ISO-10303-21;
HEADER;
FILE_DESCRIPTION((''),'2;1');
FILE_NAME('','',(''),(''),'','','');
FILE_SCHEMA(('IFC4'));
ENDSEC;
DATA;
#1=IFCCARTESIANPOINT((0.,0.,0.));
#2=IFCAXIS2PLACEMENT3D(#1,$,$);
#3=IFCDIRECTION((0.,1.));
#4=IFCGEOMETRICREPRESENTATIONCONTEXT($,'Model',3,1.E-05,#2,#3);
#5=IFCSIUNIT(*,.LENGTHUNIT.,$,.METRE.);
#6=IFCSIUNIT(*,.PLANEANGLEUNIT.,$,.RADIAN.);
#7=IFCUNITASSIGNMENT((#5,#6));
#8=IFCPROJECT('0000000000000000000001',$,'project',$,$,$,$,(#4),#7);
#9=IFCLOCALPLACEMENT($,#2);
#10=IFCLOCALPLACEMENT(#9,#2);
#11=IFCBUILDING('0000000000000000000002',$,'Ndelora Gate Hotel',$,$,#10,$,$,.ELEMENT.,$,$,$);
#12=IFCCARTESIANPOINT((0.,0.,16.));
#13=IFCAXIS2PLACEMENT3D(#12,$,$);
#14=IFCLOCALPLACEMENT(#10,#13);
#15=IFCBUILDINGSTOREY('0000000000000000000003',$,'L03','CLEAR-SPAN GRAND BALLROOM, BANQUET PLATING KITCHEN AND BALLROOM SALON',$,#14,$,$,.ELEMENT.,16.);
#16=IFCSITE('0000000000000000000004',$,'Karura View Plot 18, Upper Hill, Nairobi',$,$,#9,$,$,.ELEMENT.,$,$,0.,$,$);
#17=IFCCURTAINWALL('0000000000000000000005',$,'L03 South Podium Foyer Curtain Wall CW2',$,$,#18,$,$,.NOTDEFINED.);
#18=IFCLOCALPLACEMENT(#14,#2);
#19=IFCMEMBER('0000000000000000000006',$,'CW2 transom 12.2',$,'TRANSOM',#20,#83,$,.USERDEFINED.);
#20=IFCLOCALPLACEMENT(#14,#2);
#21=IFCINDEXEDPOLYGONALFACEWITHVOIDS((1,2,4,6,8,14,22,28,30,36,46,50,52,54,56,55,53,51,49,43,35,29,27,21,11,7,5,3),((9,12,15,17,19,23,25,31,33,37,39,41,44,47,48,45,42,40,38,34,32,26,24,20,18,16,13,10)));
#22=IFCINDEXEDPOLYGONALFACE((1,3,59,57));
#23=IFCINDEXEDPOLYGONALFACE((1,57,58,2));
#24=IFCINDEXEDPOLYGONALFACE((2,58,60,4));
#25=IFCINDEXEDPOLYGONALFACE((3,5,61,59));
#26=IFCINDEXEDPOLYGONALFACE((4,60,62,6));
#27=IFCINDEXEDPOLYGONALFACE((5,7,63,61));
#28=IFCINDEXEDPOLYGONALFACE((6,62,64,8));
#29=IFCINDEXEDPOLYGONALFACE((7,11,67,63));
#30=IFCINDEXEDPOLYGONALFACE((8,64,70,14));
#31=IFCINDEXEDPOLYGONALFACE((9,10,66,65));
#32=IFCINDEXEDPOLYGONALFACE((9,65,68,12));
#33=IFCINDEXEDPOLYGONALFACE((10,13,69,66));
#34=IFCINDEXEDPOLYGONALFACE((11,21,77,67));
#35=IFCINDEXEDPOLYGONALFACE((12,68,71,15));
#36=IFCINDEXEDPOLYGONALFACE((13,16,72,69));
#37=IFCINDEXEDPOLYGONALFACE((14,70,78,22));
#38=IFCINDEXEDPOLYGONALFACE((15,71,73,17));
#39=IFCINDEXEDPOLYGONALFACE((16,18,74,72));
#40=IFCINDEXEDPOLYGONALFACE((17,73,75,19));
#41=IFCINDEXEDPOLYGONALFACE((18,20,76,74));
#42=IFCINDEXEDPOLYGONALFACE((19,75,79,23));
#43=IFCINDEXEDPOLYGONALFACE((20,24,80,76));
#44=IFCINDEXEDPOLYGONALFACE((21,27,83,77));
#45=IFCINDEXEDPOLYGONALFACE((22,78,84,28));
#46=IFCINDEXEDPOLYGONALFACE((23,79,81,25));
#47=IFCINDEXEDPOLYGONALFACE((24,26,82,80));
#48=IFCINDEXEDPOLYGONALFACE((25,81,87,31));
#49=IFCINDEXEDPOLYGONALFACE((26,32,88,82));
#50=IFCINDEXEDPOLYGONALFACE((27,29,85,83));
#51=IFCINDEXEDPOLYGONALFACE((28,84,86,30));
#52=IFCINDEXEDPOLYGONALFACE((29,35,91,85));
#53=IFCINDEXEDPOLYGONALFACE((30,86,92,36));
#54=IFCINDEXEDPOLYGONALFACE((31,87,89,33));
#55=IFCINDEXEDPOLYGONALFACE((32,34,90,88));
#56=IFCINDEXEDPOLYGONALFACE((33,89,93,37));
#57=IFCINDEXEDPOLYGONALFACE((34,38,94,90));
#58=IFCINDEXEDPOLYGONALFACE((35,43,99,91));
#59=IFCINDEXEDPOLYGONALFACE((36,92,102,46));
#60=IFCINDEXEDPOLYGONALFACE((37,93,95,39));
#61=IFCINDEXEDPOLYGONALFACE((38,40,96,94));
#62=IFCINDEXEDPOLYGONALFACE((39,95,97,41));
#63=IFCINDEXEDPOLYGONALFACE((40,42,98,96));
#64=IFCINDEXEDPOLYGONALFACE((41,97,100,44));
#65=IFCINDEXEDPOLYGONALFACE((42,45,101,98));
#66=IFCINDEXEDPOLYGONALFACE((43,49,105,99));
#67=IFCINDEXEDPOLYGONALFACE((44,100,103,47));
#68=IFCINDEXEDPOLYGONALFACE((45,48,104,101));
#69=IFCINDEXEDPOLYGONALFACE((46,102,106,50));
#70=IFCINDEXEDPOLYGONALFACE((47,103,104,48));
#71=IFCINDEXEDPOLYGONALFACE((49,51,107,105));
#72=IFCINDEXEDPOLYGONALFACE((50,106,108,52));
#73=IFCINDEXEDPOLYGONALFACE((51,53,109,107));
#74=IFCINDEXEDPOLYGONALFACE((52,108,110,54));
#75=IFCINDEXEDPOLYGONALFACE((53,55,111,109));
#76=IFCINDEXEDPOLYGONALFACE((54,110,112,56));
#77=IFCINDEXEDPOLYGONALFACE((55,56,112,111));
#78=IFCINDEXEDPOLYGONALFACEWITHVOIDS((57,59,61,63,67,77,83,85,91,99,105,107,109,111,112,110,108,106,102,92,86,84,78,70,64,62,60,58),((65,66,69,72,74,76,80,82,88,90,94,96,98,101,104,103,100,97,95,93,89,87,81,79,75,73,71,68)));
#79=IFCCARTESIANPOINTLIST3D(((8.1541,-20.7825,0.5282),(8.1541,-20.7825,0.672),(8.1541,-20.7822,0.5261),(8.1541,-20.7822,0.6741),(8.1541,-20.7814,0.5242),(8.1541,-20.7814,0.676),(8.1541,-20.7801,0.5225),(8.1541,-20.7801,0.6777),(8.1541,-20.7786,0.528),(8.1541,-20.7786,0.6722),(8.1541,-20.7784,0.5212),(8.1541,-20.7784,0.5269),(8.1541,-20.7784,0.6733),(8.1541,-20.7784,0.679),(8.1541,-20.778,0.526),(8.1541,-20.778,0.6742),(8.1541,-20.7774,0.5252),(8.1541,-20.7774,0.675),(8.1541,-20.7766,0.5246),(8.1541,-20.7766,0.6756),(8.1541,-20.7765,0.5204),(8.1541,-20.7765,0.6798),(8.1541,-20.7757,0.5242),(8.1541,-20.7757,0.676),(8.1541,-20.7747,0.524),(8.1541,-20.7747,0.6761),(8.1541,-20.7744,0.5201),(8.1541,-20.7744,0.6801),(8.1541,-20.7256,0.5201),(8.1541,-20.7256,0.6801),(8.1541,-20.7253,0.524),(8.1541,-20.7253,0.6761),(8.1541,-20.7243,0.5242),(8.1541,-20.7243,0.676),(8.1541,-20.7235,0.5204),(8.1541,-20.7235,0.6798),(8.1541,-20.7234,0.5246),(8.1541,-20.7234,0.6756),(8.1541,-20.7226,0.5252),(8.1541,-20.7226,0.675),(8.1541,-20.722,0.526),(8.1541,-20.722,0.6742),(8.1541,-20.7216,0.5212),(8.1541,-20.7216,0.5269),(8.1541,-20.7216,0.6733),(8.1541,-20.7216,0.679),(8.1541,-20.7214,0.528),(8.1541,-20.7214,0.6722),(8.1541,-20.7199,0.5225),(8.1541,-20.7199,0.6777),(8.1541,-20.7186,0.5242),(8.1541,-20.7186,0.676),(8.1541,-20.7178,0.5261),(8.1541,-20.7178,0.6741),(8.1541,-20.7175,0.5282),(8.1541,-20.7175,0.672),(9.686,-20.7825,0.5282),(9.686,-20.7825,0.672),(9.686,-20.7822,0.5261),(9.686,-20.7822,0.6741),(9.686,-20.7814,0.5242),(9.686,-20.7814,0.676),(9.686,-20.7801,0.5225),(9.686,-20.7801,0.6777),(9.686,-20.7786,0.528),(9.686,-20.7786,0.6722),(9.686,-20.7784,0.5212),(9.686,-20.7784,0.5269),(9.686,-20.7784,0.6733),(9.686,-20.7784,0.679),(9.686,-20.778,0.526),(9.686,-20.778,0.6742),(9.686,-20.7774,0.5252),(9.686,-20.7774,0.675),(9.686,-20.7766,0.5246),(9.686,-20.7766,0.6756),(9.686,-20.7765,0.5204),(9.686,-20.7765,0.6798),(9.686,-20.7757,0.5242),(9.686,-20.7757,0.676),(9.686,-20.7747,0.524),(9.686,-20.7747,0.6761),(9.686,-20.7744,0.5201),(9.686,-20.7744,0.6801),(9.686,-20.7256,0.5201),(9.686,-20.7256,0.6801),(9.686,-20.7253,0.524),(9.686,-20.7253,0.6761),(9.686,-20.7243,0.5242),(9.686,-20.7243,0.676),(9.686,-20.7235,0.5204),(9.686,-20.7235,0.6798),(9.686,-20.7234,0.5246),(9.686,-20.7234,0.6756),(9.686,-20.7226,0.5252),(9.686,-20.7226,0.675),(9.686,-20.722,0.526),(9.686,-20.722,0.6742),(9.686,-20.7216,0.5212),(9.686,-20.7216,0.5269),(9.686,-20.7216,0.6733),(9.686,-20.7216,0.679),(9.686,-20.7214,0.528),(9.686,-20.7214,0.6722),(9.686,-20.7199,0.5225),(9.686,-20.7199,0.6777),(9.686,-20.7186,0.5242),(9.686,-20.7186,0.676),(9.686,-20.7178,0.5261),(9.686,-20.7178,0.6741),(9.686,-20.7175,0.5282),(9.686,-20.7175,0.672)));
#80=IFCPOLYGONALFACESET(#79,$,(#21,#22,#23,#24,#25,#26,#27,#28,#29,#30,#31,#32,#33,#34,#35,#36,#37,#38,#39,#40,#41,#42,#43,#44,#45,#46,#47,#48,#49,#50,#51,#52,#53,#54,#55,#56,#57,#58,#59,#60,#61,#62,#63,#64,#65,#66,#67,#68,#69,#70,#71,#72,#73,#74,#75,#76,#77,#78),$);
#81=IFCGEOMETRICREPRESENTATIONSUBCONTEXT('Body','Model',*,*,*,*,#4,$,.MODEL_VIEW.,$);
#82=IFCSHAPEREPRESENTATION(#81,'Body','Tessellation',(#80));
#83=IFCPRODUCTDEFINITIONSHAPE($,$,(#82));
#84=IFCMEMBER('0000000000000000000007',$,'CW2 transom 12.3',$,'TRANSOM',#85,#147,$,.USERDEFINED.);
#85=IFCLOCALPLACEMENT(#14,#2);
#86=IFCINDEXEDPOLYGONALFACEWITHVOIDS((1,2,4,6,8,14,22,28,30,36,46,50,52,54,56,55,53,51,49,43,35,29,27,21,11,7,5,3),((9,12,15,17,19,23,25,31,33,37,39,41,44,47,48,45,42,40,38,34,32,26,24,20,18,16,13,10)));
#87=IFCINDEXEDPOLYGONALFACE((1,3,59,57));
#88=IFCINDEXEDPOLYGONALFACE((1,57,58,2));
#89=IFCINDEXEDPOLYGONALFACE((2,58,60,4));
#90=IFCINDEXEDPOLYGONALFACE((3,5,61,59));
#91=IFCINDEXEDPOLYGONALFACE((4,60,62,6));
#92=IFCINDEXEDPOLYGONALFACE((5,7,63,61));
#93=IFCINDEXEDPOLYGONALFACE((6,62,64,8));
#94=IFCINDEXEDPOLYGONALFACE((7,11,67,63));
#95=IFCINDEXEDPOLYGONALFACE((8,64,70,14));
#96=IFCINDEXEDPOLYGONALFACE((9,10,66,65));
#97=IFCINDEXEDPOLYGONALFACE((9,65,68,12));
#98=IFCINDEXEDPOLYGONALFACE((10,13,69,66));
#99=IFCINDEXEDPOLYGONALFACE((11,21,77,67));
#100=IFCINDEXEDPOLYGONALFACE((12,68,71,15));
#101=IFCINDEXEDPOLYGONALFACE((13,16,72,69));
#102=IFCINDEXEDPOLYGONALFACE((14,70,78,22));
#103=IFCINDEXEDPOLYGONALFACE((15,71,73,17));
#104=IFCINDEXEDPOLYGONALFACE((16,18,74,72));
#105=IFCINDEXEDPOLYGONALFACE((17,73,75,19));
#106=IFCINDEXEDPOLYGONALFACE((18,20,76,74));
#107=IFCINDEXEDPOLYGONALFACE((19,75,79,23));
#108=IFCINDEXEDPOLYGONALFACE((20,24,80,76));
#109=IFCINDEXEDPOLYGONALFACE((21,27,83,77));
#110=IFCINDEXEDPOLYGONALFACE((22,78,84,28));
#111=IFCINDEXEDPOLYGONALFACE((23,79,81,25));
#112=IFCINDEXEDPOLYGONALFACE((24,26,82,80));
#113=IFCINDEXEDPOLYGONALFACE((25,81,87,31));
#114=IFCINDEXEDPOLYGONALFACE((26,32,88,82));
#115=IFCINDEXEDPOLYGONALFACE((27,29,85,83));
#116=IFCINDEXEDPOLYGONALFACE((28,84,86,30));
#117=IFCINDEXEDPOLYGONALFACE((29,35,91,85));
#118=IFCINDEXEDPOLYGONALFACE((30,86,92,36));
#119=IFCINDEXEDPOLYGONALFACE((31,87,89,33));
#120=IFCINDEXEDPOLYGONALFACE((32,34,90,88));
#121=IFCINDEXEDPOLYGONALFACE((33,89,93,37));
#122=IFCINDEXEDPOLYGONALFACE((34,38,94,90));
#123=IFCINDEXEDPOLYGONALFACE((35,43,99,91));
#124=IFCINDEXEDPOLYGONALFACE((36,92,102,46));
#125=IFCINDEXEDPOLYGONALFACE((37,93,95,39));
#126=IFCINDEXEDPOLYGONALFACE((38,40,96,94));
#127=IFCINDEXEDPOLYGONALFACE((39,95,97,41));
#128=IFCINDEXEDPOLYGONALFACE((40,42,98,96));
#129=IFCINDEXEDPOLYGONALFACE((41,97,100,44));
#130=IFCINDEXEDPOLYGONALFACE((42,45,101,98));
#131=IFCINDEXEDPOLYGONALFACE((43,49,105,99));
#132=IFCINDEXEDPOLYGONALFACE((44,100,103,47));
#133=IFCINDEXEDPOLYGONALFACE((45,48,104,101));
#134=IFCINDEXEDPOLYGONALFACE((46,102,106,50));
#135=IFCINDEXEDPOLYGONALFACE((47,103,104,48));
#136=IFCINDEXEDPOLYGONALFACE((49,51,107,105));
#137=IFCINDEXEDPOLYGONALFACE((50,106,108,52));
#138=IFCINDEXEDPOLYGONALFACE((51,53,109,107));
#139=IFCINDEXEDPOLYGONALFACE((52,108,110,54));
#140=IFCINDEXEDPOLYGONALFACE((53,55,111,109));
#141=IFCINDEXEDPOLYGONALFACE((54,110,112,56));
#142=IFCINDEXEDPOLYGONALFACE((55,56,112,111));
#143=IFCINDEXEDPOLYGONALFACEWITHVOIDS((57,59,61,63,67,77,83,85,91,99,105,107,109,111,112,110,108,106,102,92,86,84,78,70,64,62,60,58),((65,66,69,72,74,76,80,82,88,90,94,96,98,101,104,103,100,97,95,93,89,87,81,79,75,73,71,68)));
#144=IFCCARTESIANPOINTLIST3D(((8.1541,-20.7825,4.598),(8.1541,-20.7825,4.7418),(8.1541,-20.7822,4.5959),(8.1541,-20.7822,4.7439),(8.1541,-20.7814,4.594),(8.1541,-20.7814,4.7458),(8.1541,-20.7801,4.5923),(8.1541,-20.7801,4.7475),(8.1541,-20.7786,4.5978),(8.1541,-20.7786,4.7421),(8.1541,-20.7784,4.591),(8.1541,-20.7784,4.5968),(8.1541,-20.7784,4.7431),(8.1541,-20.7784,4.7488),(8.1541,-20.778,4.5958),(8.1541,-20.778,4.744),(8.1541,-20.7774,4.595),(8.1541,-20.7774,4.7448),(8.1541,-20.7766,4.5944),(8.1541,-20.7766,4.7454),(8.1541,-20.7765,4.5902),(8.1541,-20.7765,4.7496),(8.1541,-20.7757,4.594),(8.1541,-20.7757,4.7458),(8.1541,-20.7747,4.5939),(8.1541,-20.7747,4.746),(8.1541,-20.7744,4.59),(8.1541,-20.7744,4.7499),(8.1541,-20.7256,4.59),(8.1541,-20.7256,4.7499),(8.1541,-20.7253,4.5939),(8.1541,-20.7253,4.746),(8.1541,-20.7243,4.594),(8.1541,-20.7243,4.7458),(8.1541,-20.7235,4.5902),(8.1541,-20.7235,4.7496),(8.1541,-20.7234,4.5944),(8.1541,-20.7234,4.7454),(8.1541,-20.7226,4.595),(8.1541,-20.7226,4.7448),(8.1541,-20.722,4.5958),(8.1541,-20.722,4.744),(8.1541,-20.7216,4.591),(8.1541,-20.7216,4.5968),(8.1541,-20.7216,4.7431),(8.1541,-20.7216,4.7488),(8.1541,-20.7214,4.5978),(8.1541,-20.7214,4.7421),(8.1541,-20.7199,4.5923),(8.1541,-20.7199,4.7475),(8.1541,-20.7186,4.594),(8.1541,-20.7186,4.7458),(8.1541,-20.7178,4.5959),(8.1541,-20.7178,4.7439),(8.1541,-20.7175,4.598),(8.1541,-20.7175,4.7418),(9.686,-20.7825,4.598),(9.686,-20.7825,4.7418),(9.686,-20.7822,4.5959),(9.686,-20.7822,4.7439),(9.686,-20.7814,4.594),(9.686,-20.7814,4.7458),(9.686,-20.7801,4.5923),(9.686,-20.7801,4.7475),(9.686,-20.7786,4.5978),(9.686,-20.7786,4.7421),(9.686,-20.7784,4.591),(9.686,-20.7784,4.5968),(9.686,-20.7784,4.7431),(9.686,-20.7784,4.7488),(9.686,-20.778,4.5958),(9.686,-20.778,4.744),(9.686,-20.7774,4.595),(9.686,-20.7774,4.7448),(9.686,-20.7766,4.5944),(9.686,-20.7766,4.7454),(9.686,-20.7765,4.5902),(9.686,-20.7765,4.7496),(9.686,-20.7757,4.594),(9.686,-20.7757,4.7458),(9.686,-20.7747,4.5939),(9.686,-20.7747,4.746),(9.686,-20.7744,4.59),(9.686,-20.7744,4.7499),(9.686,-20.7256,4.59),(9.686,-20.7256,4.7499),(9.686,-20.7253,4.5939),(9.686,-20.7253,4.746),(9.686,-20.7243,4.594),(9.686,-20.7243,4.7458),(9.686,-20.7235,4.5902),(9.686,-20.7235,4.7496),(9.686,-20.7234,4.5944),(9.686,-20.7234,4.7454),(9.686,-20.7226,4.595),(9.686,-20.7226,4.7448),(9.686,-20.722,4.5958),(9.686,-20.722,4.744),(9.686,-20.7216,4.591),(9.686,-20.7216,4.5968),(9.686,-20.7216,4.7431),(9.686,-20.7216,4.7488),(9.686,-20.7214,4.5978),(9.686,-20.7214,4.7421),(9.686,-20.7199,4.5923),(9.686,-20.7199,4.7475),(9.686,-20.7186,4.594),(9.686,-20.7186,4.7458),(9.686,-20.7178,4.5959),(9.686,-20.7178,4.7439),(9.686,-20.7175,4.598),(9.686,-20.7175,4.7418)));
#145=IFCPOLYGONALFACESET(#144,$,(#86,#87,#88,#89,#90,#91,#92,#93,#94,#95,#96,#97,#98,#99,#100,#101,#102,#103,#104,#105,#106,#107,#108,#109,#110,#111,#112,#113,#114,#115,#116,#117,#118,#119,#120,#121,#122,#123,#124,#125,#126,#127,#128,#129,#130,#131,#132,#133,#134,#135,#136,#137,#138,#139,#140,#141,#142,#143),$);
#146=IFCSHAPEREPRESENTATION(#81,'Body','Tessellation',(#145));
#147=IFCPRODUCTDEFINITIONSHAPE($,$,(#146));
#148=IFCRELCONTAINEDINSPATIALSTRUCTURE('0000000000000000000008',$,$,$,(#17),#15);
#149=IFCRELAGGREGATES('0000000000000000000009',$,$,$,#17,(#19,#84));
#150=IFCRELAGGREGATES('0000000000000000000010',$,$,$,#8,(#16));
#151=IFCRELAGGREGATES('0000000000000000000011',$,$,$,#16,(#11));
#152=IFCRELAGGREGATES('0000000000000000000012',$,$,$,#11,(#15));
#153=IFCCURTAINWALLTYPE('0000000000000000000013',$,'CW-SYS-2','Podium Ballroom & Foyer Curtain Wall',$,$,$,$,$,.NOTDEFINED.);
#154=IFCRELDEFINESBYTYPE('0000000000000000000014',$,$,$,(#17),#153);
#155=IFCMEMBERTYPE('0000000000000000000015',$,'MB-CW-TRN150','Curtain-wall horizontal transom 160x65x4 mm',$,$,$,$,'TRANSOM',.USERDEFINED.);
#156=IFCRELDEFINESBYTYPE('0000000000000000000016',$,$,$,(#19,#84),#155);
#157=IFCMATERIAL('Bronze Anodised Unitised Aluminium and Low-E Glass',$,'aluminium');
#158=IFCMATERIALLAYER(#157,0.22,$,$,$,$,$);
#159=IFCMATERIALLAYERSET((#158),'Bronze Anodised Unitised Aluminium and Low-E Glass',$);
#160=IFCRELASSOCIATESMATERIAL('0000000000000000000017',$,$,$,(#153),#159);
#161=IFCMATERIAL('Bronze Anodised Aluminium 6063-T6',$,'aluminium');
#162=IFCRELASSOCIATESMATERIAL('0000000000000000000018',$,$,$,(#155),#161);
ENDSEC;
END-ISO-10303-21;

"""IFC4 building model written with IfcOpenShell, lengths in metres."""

from ifc_helpers import new_model, si_unit, direction, frame, origin, origin_2d, place, context, subcontext, project, spatial, hollow_rectangle, extrude, material, layer, layer_set, material_profile, profile_set, type_object, element, aggregate, save


model = new_model("IFC4")

# Units and contexts
model_context = context("Model", 3, precision=1e-05, world=origin(), true_north=direction((0.0, 1.0)))
body_context = subcontext(model_context, "Body", "Model", "MODEL_VIEW")
ifc_project = project(units=[si_unit("LENGTHUNIT", "METRE"), si_unit("PLANEANGLEUNIT", "RADIAN")], contexts=[model_context])

# Site, building, storey
site_placement = place(None, origin())
site = spatial("IfcSite", under=ifc_project, at=site_placement, Name="Karura View Plot 18, Upper Hill, Nairobi", CompositionType="ELEMENT", RefElevation=0.0)
building_placement = place(site_placement, origin())
building = spatial("IfcBuilding", under=site, at=building_placement, Name="Ndelora Gate Hotel", CompositionType="ELEMENT")
storey_placement = place(building_placement, frame((0.0, 0.0, 16.0)))
storey = spatial("IfcBuildingStorey", under=building, at=storey_placement, Name="L03", Description="CLEAR-SPAN GRAND BALLROOM, BANQUET PLATING KITCHEN AND BALLROOM SALON", CompositionType="ELEMENT", Elevation=16.0)

# Curtain wall, members
ifc_material_1 = material(Name="Bronze Anodised Unitised Aluminium and Low-E Glass", Category="aluminium")
ifc_layer_1 = layer(ifc_material_1, 0.22)
ifc_layer_set_1 = layer_set([ifc_layer_1], Name="Bronze Anodised Unitised Aluminium and Low-E Glass")
curtain_wall_type = type_object("IfcCurtainWallType", Name="CW-SYS-2", Description="Podium Ballroom & Foyer Curtain Wall", PredefinedType="NOTDEFINED", material=ifc_layer_set_1)
curtain_wall_placement = place(storey_placement, origin())
curtain_wall = element("IfcCurtainWall", 1, at=curtain_wall_placement, inside=storey, type_object=curtain_wall_type, Name="L03 South Podium Foyer Curtain Wall CW2", PredefinedType="NOTDEFINED")
ifc_material_2 = material(Name="Bronze Anodised Aluminium 6063-T6", Category="aluminium")
ifc_material_profile_1 = material_profile(ifc_material_2, hollow_rectangle(XDim=0.0649, YDim=0.1599, WallThickness=0.0039, InnerFilletRadius=0.0039, OuterFilletRadius=0.0081, at=origin_2d()), Name="ALU 160x65x4")
ifc_profile_set_1 = profile_set([ifc_material_profile_1], Name="Bronze Anodised Aluminium 6063-T6")
member_type_1 = type_object("IfcMemberType", Name="MB-CW-TRN150", Description="Curtain-wall horizontal transom 160x65x4 mm", ElementType="TRANSOM", PredefinedType="USERDEFINED", material=ifc_profile_set_1)
member_1_placement = place(storey_placement, frame((8.1541, -20.75, 0.6001), z_axis=(1.0, 0.0, 0.0), x_axis=(0.0, 1.0, 0.0)))
member_1 = element("IfcMember", 2, at=member_1_placement, type_object=member_type_1, Name="CW2 transom 12.2", ObjectType="TRANSOM", PredefinedType="USERDEFINED", context=body_context, shape_type="SweptSolid", body=[
    extrude(hollow_rectangle(XDim=0.0649, YDim=0.1599, WallThickness=0.0039, InnerFilletRadius=0.0039, OuterFilletRadius=0.0081, at=origin_2d()), origin(), (0.0, 0.0, 1.0), 1.532),
])
member_2_placement = place(storey_placement, frame((8.1541, -20.75, 4.6699), z_axis=(1.0, 0.0, 0.0), x_axis=(0.0, 1.0, 0.0)))
member_2 = element("IfcMember", 3, at=member_2_placement, type_object=member_type_1, Name="CW2 transom 12.3", ObjectType="TRANSOM", PredefinedType="USERDEFINED", context=body_context, shape_type="SweptSolid", body=[
    extrude(hollow_rectangle(XDim=0.0649, YDim=0.1599, WallThickness=0.0039, InnerFilletRadius=0.0039, OuterFilletRadius=0.0081, at=origin_2d()), origin(), (0.0, 0.0, 1.0), 1.532),
])
aggregate(curtain_wall, [member_1, member_2])

save(model, "model.ifc")
